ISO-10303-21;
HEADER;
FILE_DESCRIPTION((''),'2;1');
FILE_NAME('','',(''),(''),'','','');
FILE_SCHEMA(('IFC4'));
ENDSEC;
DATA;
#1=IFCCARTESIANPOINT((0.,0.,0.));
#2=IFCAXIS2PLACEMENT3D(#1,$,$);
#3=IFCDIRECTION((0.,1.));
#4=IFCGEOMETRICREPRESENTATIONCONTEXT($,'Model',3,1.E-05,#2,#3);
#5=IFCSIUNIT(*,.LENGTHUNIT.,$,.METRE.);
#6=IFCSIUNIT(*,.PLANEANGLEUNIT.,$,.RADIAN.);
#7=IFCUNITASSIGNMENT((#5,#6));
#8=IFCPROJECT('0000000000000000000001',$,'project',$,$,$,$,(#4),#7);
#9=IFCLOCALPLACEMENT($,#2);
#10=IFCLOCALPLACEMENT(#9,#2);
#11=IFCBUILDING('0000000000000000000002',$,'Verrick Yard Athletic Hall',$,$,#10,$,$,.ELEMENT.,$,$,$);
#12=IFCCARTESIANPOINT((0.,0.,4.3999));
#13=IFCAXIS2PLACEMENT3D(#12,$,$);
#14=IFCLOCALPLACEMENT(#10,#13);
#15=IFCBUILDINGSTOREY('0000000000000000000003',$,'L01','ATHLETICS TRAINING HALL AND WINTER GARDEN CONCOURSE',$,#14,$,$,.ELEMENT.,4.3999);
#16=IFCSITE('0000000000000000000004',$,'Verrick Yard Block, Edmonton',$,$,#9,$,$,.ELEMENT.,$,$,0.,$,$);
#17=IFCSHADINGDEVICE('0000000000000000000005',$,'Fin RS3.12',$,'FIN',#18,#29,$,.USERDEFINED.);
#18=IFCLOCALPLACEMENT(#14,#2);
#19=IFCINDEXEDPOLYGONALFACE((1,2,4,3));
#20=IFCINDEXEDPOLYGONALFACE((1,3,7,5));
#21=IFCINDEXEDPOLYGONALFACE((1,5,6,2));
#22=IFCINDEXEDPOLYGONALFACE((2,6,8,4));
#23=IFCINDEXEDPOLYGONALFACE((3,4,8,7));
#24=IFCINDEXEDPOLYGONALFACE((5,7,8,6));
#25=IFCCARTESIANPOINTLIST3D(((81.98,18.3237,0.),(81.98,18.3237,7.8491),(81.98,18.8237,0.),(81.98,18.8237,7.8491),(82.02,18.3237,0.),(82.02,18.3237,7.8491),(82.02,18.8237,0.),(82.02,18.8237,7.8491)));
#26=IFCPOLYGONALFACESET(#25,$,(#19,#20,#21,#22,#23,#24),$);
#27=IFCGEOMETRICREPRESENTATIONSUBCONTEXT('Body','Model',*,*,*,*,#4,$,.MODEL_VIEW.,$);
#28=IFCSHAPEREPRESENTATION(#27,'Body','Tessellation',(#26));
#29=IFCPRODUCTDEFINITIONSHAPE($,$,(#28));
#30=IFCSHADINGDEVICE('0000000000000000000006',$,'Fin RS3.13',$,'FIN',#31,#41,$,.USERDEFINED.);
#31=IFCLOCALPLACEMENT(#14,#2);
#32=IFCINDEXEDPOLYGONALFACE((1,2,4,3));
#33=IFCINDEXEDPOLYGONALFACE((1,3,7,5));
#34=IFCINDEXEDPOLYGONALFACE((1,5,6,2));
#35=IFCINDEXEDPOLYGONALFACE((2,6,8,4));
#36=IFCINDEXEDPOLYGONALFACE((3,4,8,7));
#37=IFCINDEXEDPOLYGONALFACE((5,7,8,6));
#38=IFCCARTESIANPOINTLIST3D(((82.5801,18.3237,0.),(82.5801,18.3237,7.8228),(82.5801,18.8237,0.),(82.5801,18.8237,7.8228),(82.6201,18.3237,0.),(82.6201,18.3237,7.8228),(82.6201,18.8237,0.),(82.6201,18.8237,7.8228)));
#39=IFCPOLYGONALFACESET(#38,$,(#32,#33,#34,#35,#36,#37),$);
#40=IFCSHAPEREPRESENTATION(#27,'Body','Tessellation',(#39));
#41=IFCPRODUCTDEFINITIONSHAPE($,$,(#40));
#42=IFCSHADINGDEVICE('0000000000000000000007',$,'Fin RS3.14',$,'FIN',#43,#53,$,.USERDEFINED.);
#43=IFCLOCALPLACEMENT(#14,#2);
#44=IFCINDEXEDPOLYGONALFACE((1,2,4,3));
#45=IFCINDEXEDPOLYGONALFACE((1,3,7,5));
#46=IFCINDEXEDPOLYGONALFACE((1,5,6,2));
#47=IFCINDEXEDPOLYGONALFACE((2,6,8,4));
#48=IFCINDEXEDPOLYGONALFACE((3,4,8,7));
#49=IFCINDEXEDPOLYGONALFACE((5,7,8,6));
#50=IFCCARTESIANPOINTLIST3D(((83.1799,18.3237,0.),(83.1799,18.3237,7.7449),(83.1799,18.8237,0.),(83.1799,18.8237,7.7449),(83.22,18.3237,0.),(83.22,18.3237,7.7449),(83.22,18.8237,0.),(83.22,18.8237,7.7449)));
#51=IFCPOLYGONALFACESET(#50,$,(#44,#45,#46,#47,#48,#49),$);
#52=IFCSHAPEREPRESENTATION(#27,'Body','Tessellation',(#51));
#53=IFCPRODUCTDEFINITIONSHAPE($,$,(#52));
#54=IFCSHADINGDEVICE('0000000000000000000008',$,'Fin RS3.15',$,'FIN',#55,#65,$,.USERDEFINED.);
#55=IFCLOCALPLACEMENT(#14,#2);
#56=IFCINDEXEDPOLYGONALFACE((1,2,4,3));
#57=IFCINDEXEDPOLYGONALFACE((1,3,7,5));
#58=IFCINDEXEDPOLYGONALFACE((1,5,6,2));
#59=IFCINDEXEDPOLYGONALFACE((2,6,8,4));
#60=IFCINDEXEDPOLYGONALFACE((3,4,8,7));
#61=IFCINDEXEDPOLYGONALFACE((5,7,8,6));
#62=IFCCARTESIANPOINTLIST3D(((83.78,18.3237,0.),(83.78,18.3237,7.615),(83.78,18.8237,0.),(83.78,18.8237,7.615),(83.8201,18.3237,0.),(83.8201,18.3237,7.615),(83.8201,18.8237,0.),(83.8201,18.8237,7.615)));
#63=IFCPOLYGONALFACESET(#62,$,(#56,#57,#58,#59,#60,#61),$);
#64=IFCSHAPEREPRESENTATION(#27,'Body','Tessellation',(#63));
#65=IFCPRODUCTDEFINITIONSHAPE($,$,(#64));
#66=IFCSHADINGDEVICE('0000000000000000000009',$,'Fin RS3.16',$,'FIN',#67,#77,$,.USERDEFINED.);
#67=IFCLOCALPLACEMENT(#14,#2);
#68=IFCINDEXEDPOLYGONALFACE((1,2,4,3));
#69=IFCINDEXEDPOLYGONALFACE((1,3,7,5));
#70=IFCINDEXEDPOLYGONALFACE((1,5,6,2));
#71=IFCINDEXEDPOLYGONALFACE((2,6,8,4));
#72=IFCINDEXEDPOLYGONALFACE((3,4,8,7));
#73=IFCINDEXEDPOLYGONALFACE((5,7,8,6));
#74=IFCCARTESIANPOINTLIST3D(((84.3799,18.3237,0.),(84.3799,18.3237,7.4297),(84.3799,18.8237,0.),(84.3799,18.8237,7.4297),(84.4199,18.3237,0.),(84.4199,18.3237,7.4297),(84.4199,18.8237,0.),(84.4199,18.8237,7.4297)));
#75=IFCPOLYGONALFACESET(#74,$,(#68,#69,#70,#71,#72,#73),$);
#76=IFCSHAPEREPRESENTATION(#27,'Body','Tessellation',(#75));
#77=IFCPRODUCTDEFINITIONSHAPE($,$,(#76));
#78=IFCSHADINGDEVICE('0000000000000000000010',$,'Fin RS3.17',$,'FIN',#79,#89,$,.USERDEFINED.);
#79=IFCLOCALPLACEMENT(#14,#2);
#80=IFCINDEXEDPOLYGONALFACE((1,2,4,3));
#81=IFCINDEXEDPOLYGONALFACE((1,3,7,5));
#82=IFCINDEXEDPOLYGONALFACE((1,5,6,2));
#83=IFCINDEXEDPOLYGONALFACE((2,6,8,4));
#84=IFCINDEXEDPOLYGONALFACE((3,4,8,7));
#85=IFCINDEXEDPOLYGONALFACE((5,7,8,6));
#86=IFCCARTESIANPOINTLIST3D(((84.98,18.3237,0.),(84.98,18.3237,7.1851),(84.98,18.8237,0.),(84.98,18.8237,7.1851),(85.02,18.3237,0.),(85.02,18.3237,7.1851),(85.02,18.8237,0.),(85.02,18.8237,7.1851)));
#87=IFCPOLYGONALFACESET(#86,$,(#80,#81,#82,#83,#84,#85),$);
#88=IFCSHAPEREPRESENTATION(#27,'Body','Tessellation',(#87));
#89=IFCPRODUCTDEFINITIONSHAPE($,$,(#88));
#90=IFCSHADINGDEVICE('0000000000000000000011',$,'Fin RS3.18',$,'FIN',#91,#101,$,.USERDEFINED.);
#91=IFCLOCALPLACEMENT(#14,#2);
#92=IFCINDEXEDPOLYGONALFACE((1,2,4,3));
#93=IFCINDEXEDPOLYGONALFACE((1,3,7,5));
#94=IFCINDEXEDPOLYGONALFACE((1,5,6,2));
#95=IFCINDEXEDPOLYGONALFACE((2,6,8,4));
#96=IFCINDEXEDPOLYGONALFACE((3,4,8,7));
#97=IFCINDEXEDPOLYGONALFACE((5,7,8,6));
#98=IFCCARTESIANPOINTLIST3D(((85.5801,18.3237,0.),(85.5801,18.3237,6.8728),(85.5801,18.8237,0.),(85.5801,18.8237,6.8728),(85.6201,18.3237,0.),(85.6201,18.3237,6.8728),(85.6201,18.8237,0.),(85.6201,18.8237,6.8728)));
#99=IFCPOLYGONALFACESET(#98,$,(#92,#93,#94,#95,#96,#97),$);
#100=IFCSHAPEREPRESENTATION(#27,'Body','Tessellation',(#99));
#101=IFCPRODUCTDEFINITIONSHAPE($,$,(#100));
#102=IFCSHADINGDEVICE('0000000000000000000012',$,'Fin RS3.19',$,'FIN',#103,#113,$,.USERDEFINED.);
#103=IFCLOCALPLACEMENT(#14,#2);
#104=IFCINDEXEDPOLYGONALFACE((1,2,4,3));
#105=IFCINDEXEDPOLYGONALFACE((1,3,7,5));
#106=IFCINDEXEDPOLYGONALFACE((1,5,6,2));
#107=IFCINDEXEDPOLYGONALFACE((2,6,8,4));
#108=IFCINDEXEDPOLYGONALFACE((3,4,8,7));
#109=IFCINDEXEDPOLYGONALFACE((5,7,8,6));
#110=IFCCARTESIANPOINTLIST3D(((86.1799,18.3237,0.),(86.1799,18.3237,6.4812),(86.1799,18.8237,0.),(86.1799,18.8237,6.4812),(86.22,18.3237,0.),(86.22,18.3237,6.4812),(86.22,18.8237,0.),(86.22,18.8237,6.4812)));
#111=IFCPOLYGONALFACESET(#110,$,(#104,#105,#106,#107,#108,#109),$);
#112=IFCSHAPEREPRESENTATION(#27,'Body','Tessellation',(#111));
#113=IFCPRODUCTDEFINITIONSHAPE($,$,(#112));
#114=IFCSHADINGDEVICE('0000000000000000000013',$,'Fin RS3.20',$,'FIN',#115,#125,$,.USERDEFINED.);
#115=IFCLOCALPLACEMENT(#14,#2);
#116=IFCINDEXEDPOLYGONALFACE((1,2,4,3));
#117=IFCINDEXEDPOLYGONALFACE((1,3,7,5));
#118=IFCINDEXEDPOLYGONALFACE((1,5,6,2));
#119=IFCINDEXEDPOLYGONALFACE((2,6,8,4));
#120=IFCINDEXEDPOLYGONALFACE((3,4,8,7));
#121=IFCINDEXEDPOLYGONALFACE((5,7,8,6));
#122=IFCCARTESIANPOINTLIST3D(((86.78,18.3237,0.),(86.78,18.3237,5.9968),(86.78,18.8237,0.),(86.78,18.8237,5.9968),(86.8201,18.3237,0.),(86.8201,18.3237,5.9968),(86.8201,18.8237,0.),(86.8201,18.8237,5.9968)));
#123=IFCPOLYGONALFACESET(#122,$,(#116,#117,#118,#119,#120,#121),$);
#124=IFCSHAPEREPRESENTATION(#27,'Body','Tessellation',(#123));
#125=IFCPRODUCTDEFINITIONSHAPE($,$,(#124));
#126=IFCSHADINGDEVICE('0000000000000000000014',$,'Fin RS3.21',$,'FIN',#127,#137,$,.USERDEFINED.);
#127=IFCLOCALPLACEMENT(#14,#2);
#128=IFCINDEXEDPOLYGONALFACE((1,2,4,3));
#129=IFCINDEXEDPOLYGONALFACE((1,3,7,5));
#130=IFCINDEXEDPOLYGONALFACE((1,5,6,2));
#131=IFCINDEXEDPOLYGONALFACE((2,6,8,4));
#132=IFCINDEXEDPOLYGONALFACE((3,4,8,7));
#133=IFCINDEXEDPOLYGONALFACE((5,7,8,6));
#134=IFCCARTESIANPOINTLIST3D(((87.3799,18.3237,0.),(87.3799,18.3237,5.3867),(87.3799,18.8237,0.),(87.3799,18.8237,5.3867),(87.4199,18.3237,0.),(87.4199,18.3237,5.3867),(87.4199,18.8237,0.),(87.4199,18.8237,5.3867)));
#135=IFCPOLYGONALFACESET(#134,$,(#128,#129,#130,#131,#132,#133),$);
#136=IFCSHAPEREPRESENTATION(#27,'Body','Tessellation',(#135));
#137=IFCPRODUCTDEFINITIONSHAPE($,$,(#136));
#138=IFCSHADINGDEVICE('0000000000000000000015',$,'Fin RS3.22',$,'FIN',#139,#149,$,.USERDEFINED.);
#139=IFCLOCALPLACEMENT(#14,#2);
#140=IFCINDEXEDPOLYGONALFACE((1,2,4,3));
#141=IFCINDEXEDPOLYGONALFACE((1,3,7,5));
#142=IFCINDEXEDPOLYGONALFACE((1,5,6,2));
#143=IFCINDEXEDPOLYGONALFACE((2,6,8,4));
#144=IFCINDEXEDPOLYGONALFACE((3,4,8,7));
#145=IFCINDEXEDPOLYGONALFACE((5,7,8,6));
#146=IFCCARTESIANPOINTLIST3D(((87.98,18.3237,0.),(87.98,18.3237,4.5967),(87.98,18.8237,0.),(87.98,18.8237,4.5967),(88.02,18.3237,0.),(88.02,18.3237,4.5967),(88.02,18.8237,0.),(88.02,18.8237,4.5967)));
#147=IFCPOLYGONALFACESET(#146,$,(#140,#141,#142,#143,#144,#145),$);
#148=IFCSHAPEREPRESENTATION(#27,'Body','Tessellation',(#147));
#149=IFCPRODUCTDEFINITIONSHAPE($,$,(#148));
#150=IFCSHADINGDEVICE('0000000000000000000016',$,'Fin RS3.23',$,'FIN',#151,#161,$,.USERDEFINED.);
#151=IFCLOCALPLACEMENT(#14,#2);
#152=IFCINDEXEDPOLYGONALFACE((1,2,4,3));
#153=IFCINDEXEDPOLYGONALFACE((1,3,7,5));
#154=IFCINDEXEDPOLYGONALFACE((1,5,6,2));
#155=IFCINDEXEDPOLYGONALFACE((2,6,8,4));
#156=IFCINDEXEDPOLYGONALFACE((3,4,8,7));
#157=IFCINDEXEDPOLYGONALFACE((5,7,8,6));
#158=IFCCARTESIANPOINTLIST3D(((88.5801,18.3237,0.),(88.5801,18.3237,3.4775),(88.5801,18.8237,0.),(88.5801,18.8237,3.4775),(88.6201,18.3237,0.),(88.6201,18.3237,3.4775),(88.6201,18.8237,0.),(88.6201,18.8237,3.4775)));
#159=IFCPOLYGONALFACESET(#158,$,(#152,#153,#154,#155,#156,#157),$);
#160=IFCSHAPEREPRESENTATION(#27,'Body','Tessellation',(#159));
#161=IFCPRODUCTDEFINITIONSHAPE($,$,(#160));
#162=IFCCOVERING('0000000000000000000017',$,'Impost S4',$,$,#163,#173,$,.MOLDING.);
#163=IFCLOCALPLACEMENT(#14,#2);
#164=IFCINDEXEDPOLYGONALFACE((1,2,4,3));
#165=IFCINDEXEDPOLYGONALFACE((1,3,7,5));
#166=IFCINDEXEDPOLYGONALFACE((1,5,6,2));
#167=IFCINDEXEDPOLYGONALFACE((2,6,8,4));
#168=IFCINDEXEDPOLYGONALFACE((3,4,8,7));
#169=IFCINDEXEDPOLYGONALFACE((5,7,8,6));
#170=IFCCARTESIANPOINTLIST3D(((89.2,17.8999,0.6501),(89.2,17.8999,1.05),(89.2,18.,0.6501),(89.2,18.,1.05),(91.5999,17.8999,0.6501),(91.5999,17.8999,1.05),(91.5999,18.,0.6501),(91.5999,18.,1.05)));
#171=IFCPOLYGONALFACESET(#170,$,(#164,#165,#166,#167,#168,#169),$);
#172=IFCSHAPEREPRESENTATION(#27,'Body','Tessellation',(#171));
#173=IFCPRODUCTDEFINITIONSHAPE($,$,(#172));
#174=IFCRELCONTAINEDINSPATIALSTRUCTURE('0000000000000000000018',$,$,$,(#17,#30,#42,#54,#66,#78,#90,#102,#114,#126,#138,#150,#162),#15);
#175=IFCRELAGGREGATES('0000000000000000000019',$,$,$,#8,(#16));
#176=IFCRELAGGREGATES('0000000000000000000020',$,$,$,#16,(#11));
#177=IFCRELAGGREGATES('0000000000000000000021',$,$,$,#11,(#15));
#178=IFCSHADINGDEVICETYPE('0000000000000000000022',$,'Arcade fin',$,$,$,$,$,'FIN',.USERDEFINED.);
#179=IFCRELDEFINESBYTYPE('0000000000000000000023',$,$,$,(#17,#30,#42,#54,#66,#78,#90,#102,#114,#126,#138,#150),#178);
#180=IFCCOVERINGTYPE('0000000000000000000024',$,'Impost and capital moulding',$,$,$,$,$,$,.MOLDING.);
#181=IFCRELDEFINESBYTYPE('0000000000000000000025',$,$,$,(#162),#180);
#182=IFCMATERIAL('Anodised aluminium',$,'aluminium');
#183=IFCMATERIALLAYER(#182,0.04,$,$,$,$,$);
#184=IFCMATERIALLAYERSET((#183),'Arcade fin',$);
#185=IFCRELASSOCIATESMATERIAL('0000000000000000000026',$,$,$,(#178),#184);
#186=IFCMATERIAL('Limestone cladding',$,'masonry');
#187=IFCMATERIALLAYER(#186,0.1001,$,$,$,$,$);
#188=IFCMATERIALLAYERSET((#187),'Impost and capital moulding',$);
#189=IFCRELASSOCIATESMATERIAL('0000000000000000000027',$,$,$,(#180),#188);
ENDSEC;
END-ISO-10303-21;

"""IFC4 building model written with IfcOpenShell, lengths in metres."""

from ifc_helpers import new_model, si_unit, direction, frame, origin, origin_2d, place, context, subcontext, project, spatial, polyline, rectangle, outline, extrude, material, layer, layer_set, type_object, element, save


model = new_model("IFC4")

# Units and contexts
model_context = context("Model", 3, precision=1e-05, world=origin(), true_north=direction((0.0, 1.0)))
body_context = subcontext(model_context, "Body", "Model", "MODEL_VIEW")
ifc_project = project(units=[si_unit("LENGTHUNIT", "METRE"), si_unit("PLANEANGLEUNIT", "RADIAN")], contexts=[model_context])

# Site, building, storey
site_placement = place(None, origin())
site = spatial("IfcSite", under=ifc_project, at=site_placement, Name="Verrick Yard Block, Edmonton", CompositionType="ELEMENT", RefElevation=0.0)
building_placement = place(site_placement, origin())
building = spatial("IfcBuilding", under=site, at=building_placement, Name="Verrick Yard Athletic Hall", CompositionType="ELEMENT")
storey_placement = place(building_placement, frame((0.0, 0.0, 4.3999)))
storey = spatial("IfcBuildingStorey", under=building, at=storey_placement, Name="L01", Description="ATHLETICS TRAINING HALL AND WINTER GARDEN CONCOURSE", CompositionType="ELEMENT", Elevation=4.3999)

# Shading devices
ifc_material_1 = material(Name="Anodised aluminium", Category="aluminium")
ifc_layer_1 = layer(ifc_material_1, 0.04)
ifc_layer_set_1 = layer_set([ifc_layer_1], Name="Arcade fin")
shading_device_type = type_object("IfcShadingDeviceType", Name="Arcade fin", ElementType="FIN", PredefinedType="USERDEFINED", material=ifc_layer_set_1)
shading_device_1_placement = place(storey_placement, frame((82.0, 18.8237, 0.0), z_axis=(0.0, 0.0, 1.0), x_axis=(0.0, -1.0, 0.0)))
element("IfcShadingDevice", 1, at=shading_device_1_placement, inside=storey, type_object=shading_device_type, Name="Fin RS3.12", ObjectType="FIN", PredefinedType="USERDEFINED", context=body_context, shape_type="SweptSolid", body=[
    extrude(outline(polyline([(0.0, 0.0), (0.5, 0.0), (0.5, 7.8491), (0.0, 7.8491), (0.0, 0.0)])), frame((0.0, 0.02, 0.0), z_axis=(0.0, -1.0, 0.0), x_axis=(1.0, 0.0, 0.0)), (0.0, 0.0, 1.0), 0.04),
])
shading_device_2_placement = place(storey_placement, frame((82.6001, 18.8237, 0.0), z_axis=(0.0, 0.0, 1.0), x_axis=(0.0, -1.0, 0.0)))
element("IfcShadingDevice", 2, at=shading_device_2_placement, inside=storey, type_object=shading_device_type, Name="Fin RS3.13", ObjectType="FIN", PredefinedType="USERDEFINED", context=body_context, shape_type="SweptSolid", body=[
    extrude(outline(polyline([(0.0, 0.0), (0.5, 0.0), (0.5, 7.8228), (0.0, 7.8228), (0.0, 0.0)])), frame((0.0, 0.02, 0.0), z_axis=(0.0, -1.0, 0.0), x_axis=(1.0, 0.0, 0.0)), (0.0, 0.0, 1.0), 0.04),
])
shading_device_3_placement = place(storey_placement, frame((83.2, 18.8237, 0.0), z_axis=(0.0, 0.0, 1.0), x_axis=(0.0, -1.0, 0.0)))
element("IfcShadingDevice", 3, at=shading_device_3_placement, inside=storey, type_object=shading_device_type, Name="Fin RS3.14", ObjectType="FIN", PredefinedType="USERDEFINED", context=body_context, shape_type="SweptSolid", body=[
    extrude(outline(polyline([(0.0, 0.0), (0.5, 0.0), (0.5, 7.7449), (0.0, 7.7449), (0.0, 0.0)])), frame((0.0, 0.02, 0.0), z_axis=(0.0, -1.0, 0.0), x_axis=(1.0, 0.0, 0.0)), (0.0, 0.0, 1.0), 0.04),
])
shading_device_4_placement = place(storey_placement, frame((83.8, 18.8237, 0.0), z_axis=(0.0, 0.0, 1.0), x_axis=(0.0, -1.0, 0.0)))
element("IfcShadingDevice", 4, at=shading_device_4_placement, inside=storey, type_object=shading_device_type, Name="Fin RS3.15", ObjectType="FIN", PredefinedType="USERDEFINED", context=body_context, shape_type="SweptSolid", body=[
    extrude(outline(polyline([(0.0, 0.0), (0.5, 0.0), (0.5, 7.615), (0.0, 7.615), (0.0, 0.0)])), frame((0.0, 0.02, 0.0), z_axis=(0.0, -1.0, 0.0), x_axis=(1.0, 0.0, 0.0)), (0.0, 0.0, 1.0), 0.04),
])
shading_device_5_placement = place(storey_placement, frame((84.3999, 18.8237, 0.0), z_axis=(0.0, 0.0, 1.0), x_axis=(0.0, -1.0, 0.0)))
element("IfcShadingDevice", 5, at=shading_device_5_placement, inside=storey, type_object=shading_device_type, Name="Fin RS3.16", ObjectType="FIN", PredefinedType="USERDEFINED", context=body_context, shape_type="SweptSolid", body=[
    extrude(outline(polyline([(0.0, 0.0), (0.5, 0.0), (0.5, 7.4297), (0.0, 7.4297), (0.0, 0.0)])), frame((0.0, 0.02, 0.0), z_axis=(0.0, -1.0, 0.0), x_axis=(1.0, 0.0, 0.0)), (0.0, 0.0, 1.0), 0.04),
])
shading_device_6_placement = place(storey_placement, frame((85.0, 18.8237, 0.0), z_axis=(0.0, 0.0, 1.0), x_axis=(0.0, -1.0, 0.0)))
element("IfcShadingDevice", 6, at=shading_device_6_placement, inside=storey, type_object=shading_device_type, Name="Fin RS3.17", ObjectType="FIN", PredefinedType="USERDEFINED", context=body_context, shape_type="SweptSolid", body=[
    extrude(outline(polyline([(0.0, 0.0), (0.5, 0.0), (0.5, 7.1851), (0.0, 7.1851), (0.0, 0.0)])), frame((0.0, 0.02, 0.0), z_axis=(0.0, -1.0, 0.0), x_axis=(1.0, 0.0, 0.0)), (0.0, 0.0, 1.0), 0.04),
])
shading_device_7_placement = place(storey_placement, frame((85.6001, 18.8237, 0.0), z_axis=(0.0, 0.0, 1.0), x_axis=(0.0, -1.0, 0.0)))
element("IfcShadingDevice", 7, at=shading_device_7_placement, inside=storey, type_object=shading_device_type, Name="Fin RS3.18", ObjectType="FIN", PredefinedType="USERDEFINED", context=body_context, shape_type="SweptSolid", body=[
    extrude(outline(polyline([(0.0, 0.0), (0.5, 0.0), (0.5, 6.8728), (0.0, 6.8728), (0.0, 0.0)])), frame((0.0, 0.02, 0.0), z_axis=(0.0, -1.0, 0.0), x_axis=(1.0, 0.0, 0.0)), (0.0, 0.0, 1.0), 0.04),
])
shading_device_8_placement = place(storey_placement, frame((86.2, 18.8237, 0.0), z_axis=(0.0, 0.0, 1.0), x_axis=(0.0, -1.0, 0.0)))
element("IfcShadingDevice", 8, at=shading_device_8_placement, inside=storey, type_object=shading_device_type, Name="Fin RS3.19", ObjectType="FIN", PredefinedType="USERDEFINED", context=body_context, shape_type="SweptSolid", body=[
    extrude(outline(polyline([(0.0, 0.0), (0.5, 0.0), (0.5, 6.4812), (0.0, 6.4812), (0.0, 0.0)])), frame((0.0, 0.02, 0.0), z_axis=(0.0, -1.0, 0.0), x_axis=(1.0, 0.0, 0.0)), (0.0, 0.0, 1.0), 0.04),
])
shading_device_9_placement = place(storey_placement, frame((86.8, 18.8237, 0.0), z_axis=(0.0, 0.0, 1.0), x_axis=(0.0, -1.0, 0.0)))
element("IfcShadingDevice", 9, at=shading_device_9_placement, inside=storey, type_object=shading_device_type, Name="Fin RS3.20", ObjectType="FIN", PredefinedType="USERDEFINED", context=body_context, shape_type="SweptSolid", body=[
    extrude(outline(polyline([(0.0, 0.0), (0.5, 0.0), (0.5, 5.9968), (0.0, 5.9968), (0.0, 0.0)])), frame((0.0, 0.02, 0.0), z_axis=(0.0, -1.0, 0.0), x_axis=(1.0, 0.0, 0.0)), (0.0, 0.0, 1.0), 0.04),
])
shading_device_10_placement = place(storey_placement, frame((87.3999, 18.8237, 0.0), z_axis=(0.0, 0.0, 1.0), x_axis=(0.0, -1.0, 0.0)))
element("IfcShadingDevice", 10, at=shading_device_10_placement, inside=storey, type_object=shading_device_type, Name="Fin RS3.21", ObjectType="FIN", PredefinedType="USERDEFINED", context=body_context, shape_type="SweptSolid", body=[
    extrude(outline(polyline([(0.0, 0.0), (0.5, 0.0), (0.5, 5.3867), (0.0, 5.3867), (0.0, 0.0)])), frame((0.0, 0.02, 0.0), z_axis=(0.0, -1.0, 0.0), x_axis=(1.0, 0.0, 0.0)), (0.0, 0.0, 1.0), 0.04),
])
shading_device_11_placement = place(storey_placement, frame((88.0, 18.8237, 0.0), z_axis=(0.0, 0.0, 1.0), x_axis=(0.0, -1.0, 0.0)))
element("IfcShadingDevice", 11, at=shading_device_11_placement, inside=storey, type_object=shading_device_type, Name="Fin RS3.22", ObjectType="FIN", PredefinedType="USERDEFINED", context=body_context, shape_type="SweptSolid", body=[
    extrude(outline(polyline([(0.0, 0.0), (0.5, 0.0), (0.5, 4.5967), (0.0, 4.5967), (0.0, 0.0)])), frame((0.0, 0.02, 0.0), z_axis=(0.0, -1.0, 0.0), x_axis=(1.0, 0.0, 0.0)), (0.0, 0.0, 1.0), 0.04),
])
shading_device_12_placement = place(storey_placement, frame((88.6001, 18.8237, 0.0), z_axis=(0.0, 0.0, 1.0), x_axis=(0.0, -1.0, 0.0)))
element("IfcShadingDevice", 12, at=shading_device_12_placement, inside=storey, type_object=shading_device_type, Name="Fin RS3.23", ObjectType="FIN", PredefinedType="USERDEFINED", context=body_context, shape_type="SweptSolid", body=[
    extrude(outline(polyline([(0.0, 0.0), (0.5, 0.0), (0.5, 3.4775), (0.0, 3.4775), (0.0, 0.0)])), frame((0.0, 0.02, 0.0), z_axis=(0.0, -1.0, 0.0), x_axis=(1.0, 0.0, 0.0)), (0.0, 0.0, 1.0), 0.04),
])

# Covering
ifc_material_2 = material(Name="Limestone cladding", Category="masonry")
ifc_layer_2 = layer(ifc_material_2, 0.1001)
ifc_layer_set_2 = layer_set([ifc_layer_2], Name="Impost and capital moulding")
covering_type_1 = type_object("IfcCoveringType", Name="Impost and capital moulding", PredefinedType="MOLDING", material=ifc_layer_set_2)
covering_1_placement = place(storey_placement, frame((90.3999, 17.95, 0.6501), z_axis=(0.0, 0.0, 1.0), x_axis=(1.0, 0.0, 0.0)))
element("IfcCovering", 13, at=covering_1_placement, inside=storey, type_object=covering_type_1, Name="Impost S4", PredefinedType="MOLDING", context=body_context, shape_type="SweptSolid", body=[
    extrude(rectangle(XDim=2.3999, YDim=0.1001, at=origin_2d()), origin(), (0.0, 0.0, 1.0), 0.3999),
])

save(model, "model.ifc")
